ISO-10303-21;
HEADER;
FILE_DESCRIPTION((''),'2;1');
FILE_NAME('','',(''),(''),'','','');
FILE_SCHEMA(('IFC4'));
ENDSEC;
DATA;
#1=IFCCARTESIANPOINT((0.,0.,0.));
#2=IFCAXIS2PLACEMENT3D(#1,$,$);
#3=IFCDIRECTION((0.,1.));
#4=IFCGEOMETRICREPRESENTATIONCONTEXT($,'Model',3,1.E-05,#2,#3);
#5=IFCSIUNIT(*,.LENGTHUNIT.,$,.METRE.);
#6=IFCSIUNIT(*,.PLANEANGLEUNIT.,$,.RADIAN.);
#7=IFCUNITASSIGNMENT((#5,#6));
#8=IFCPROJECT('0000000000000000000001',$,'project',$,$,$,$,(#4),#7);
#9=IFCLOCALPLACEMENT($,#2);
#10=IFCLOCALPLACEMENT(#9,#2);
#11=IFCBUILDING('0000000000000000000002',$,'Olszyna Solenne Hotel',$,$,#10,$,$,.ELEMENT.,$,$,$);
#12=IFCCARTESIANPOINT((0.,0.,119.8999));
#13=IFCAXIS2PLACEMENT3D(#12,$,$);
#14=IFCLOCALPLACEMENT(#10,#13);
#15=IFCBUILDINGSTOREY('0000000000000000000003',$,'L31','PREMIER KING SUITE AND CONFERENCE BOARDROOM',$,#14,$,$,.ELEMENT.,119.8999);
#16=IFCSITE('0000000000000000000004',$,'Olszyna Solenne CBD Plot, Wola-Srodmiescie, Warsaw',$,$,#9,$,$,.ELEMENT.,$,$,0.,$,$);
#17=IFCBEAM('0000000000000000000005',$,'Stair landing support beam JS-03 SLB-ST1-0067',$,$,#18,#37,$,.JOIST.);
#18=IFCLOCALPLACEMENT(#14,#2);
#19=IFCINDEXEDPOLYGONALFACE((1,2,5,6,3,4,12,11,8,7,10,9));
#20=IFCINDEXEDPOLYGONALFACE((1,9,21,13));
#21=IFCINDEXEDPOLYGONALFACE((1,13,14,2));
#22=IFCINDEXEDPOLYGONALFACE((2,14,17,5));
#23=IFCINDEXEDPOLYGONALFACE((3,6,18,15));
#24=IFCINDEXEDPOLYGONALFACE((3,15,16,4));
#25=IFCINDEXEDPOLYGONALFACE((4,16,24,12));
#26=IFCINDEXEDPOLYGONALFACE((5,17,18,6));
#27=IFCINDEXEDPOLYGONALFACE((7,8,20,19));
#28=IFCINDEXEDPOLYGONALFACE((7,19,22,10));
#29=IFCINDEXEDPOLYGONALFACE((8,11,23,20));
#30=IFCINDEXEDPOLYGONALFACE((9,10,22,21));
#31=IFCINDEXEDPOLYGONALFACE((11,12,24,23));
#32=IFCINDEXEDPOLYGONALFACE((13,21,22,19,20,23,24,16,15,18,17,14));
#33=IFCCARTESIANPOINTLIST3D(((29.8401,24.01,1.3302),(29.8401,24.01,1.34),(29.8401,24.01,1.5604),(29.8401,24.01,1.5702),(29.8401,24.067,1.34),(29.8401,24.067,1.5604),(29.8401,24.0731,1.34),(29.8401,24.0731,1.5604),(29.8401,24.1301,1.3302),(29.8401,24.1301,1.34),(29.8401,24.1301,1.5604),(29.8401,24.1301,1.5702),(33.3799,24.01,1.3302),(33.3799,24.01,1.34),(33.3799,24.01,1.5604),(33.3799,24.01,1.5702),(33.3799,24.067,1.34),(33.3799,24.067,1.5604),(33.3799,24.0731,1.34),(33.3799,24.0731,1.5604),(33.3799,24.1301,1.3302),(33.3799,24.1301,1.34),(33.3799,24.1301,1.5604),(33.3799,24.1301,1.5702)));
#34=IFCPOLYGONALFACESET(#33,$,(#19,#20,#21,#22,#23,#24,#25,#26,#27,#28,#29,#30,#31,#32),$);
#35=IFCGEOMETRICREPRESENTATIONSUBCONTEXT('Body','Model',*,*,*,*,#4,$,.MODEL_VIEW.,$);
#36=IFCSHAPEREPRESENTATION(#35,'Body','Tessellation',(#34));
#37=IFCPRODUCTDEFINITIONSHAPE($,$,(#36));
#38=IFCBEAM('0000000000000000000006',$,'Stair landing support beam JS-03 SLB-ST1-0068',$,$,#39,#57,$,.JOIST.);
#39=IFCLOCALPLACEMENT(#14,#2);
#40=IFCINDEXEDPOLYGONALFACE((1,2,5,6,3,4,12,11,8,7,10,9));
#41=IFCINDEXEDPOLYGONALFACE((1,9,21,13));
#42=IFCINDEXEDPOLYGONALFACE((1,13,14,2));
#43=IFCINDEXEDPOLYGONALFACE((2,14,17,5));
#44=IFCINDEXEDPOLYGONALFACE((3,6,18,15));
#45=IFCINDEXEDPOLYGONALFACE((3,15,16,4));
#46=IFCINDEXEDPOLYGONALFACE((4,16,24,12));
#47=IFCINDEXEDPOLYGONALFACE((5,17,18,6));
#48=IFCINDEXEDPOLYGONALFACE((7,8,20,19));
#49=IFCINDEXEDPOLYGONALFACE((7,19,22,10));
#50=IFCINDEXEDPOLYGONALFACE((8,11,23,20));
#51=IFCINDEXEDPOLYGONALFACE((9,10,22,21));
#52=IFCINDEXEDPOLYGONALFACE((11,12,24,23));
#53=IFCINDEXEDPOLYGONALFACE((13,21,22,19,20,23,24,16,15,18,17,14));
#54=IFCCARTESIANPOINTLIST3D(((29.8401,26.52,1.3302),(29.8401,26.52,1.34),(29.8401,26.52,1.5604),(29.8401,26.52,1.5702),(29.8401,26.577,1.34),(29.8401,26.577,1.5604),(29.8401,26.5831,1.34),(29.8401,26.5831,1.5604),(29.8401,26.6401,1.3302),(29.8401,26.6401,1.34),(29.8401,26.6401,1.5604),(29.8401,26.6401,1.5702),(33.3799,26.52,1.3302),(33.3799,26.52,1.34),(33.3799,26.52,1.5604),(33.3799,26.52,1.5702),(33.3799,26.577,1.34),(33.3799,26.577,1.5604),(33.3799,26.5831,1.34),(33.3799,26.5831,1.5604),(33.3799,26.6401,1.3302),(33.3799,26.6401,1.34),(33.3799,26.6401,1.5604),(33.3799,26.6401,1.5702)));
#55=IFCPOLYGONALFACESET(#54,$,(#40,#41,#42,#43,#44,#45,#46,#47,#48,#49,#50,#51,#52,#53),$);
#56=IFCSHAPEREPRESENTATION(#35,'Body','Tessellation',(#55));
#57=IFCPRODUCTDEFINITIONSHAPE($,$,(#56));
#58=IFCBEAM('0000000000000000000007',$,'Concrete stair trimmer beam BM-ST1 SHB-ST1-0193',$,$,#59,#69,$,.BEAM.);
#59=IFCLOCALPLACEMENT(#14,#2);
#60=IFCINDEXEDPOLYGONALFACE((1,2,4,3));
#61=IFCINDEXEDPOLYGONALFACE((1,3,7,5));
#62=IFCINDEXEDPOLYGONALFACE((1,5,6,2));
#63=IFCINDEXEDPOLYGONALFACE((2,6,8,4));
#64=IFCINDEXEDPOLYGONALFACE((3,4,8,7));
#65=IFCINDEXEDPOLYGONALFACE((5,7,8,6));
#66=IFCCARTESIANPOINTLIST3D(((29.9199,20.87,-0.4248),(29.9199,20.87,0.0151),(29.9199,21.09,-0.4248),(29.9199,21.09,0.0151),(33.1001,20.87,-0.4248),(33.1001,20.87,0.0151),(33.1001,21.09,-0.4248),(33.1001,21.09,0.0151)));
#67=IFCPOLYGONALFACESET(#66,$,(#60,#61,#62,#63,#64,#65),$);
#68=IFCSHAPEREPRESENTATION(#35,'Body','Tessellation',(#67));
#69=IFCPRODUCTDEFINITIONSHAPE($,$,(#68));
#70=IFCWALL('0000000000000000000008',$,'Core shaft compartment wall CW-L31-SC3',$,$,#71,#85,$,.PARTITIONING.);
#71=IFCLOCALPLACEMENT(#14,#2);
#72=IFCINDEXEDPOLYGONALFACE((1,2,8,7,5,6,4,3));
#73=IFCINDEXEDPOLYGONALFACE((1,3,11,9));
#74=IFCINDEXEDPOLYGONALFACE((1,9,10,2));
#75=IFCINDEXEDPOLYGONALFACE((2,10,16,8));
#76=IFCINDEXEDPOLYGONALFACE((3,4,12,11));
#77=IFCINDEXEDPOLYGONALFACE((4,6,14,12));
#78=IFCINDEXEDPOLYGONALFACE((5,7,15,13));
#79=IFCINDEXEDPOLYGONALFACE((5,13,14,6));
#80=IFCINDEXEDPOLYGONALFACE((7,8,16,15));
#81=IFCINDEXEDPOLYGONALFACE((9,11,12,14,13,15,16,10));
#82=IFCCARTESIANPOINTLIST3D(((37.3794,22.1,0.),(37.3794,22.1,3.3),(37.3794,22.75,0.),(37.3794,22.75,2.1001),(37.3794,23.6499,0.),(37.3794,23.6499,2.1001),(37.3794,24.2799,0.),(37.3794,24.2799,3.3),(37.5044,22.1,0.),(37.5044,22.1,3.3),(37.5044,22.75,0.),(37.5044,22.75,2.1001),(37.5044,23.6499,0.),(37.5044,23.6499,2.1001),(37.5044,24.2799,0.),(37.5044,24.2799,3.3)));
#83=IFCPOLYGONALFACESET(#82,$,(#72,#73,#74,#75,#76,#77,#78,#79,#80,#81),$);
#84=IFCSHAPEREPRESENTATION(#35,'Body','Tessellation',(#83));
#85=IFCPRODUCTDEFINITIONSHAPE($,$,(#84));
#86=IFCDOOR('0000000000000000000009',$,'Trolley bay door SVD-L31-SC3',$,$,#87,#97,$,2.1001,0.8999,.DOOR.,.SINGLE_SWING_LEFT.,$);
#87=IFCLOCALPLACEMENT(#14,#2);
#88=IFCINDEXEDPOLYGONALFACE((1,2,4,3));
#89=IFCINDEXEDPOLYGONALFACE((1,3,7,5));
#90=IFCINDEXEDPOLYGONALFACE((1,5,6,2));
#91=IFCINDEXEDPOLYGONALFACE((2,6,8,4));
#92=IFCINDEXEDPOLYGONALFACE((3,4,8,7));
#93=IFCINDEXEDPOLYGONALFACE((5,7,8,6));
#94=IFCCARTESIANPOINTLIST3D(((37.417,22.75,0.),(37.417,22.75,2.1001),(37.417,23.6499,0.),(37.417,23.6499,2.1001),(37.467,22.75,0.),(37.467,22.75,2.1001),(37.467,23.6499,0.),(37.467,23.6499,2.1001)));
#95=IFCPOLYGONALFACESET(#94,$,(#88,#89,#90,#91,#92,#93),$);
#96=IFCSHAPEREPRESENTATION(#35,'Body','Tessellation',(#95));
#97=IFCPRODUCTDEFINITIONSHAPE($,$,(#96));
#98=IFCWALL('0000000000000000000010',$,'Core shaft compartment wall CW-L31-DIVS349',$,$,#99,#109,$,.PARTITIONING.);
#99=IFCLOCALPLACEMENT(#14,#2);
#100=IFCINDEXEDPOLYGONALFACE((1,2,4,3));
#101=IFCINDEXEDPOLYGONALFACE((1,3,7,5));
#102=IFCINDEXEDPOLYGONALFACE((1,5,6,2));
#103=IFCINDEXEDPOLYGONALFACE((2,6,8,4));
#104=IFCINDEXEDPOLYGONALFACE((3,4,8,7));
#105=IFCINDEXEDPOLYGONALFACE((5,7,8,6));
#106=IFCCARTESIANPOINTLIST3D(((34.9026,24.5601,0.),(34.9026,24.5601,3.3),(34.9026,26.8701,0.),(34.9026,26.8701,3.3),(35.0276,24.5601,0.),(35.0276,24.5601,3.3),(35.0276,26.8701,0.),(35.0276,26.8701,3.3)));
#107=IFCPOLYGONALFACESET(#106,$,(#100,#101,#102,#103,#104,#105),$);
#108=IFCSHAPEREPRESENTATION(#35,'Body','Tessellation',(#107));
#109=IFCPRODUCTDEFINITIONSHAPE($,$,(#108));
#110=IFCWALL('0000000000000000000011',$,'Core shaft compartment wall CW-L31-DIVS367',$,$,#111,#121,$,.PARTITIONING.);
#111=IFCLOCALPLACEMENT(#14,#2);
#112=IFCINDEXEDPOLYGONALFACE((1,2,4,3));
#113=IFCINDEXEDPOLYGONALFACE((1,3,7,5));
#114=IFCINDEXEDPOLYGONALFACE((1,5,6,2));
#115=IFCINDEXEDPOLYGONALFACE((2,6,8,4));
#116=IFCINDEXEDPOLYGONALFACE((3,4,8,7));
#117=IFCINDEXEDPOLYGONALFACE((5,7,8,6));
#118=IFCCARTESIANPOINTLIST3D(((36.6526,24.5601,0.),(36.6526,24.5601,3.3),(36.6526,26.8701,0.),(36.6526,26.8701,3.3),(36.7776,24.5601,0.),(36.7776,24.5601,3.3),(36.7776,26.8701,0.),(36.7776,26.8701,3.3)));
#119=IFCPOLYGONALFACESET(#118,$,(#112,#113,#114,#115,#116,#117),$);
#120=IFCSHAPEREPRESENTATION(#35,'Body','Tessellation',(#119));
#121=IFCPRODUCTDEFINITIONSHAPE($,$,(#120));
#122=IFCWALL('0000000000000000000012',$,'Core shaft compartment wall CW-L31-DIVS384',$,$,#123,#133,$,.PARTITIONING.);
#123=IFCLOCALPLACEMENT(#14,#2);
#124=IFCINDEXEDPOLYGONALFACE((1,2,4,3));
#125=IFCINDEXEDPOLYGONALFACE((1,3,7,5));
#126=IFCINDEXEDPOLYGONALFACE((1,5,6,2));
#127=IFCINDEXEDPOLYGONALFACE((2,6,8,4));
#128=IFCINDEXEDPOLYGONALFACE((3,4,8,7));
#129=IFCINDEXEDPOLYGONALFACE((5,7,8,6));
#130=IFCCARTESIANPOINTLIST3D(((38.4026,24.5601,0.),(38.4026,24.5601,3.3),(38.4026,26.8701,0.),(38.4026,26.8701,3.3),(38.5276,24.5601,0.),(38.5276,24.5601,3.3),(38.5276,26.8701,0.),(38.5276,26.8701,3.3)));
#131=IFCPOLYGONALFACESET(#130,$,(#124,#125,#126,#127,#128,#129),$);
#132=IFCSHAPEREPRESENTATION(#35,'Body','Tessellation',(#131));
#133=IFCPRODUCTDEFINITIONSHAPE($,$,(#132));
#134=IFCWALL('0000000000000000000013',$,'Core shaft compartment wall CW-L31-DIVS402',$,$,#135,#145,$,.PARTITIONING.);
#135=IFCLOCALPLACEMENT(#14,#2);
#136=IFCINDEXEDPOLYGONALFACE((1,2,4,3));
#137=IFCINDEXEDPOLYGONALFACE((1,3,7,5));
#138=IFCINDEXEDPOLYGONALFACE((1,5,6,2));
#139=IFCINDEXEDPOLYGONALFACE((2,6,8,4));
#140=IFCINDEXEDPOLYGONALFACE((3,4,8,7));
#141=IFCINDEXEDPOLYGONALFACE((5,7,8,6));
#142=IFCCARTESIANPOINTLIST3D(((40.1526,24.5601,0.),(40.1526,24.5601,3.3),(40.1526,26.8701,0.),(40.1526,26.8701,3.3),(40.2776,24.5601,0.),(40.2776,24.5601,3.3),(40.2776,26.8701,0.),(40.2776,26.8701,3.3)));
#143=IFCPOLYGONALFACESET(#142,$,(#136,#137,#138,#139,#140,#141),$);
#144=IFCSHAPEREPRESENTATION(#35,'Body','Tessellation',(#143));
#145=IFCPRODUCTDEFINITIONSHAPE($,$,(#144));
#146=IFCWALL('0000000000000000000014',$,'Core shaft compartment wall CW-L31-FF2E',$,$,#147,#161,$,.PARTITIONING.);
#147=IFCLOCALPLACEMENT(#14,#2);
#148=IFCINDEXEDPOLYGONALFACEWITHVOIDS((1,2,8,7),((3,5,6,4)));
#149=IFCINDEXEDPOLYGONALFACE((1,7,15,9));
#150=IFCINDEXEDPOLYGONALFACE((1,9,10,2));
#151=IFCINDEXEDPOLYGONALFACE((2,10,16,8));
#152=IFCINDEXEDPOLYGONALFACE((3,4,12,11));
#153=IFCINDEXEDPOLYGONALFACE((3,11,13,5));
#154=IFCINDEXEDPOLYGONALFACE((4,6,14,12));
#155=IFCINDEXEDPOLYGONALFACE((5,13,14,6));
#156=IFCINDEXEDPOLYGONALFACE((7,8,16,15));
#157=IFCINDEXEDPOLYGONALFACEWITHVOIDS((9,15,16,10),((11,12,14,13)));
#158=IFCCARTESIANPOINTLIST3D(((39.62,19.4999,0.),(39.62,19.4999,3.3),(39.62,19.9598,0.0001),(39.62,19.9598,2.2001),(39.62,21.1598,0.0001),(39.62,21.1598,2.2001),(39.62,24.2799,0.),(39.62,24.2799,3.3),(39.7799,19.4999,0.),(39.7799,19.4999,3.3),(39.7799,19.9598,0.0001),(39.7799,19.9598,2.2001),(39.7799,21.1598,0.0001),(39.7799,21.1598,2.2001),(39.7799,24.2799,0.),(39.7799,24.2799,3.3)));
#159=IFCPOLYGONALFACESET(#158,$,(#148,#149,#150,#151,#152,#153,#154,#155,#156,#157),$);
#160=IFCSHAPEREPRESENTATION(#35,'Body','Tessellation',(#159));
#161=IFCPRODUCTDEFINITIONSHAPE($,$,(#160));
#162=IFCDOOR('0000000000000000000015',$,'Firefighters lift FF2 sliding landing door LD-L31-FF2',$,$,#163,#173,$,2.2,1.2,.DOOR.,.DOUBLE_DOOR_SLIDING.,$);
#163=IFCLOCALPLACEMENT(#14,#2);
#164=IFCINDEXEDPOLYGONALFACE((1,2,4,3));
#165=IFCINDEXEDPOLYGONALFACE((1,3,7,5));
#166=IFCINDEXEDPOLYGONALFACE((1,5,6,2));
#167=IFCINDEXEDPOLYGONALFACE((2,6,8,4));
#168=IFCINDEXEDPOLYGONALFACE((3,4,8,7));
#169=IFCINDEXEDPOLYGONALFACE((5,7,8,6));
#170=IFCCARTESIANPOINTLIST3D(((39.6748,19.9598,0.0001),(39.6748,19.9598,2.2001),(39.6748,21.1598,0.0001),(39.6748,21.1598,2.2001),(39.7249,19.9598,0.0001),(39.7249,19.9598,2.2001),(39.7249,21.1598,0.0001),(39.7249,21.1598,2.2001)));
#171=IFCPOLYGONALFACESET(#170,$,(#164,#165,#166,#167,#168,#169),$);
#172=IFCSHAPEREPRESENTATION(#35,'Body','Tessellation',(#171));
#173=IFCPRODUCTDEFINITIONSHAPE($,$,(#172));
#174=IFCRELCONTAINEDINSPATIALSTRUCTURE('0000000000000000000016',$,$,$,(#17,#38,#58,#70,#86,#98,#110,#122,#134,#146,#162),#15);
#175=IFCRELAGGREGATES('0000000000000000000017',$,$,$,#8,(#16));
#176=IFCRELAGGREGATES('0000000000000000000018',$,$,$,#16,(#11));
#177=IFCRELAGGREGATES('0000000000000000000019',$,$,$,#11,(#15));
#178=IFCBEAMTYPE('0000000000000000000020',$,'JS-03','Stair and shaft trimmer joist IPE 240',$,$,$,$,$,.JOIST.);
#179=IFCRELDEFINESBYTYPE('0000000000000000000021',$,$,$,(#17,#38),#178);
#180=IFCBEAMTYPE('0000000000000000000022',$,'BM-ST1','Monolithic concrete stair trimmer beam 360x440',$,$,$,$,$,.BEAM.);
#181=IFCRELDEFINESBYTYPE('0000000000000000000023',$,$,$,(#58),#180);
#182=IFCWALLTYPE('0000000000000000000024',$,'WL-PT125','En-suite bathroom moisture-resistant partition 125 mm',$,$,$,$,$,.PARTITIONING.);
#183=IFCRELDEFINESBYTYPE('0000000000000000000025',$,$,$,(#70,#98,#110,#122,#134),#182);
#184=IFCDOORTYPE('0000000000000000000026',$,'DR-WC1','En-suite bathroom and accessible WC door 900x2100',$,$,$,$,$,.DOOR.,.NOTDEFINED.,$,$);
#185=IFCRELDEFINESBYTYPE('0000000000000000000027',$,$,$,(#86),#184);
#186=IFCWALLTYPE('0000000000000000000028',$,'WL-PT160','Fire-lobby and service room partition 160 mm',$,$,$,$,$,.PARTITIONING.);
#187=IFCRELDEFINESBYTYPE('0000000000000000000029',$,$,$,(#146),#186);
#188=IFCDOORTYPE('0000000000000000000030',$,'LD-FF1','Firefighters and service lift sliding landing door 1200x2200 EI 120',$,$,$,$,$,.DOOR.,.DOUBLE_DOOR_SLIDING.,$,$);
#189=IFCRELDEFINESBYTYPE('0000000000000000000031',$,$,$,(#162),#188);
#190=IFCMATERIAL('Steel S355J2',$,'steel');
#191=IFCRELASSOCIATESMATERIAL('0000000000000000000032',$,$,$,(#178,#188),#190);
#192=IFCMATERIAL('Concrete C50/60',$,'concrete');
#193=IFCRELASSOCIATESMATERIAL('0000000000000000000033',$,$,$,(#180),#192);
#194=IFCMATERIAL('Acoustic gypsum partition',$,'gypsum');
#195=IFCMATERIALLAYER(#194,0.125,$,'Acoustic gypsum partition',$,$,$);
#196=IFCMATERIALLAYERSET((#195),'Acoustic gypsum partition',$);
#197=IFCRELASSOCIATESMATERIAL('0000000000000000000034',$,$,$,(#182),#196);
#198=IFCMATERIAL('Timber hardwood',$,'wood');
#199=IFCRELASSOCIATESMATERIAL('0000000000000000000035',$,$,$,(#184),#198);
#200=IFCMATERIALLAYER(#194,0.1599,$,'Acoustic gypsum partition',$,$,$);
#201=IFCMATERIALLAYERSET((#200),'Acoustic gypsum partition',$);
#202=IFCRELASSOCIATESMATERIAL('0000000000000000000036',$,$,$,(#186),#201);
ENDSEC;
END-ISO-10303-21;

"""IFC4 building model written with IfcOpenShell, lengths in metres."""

from ifc_helpers import new_model, si_unit, direction, frame, frame_2d, origin, origin_2d, place, context, subcontext, project, spatial, rectangle, i_section, extrude, source, transform, mapped, material, layer, layer_set, material_profile, profile_set, type_object, type_shapes, element, fill, save


model = new_model("IFC4")

# Units and contexts
model_context = context("Model", 3, precision=1e-05, world=origin(), true_north=direction((0.0, 1.0)))
body_context = subcontext(model_context, "Body", "Model", "MODEL_VIEW")
ifc_project = project(units=[si_unit("LENGTHUNIT", "METRE"), si_unit("PLANEANGLEUNIT", "RADIAN")], contexts=[model_context])

# Site, building, storey
site_placement = place(None, origin())
site = spatial("IfcSite", under=ifc_project, at=site_placement, Name="Olszyna Solenne CBD Plot, Wola-Srodmiescie, Warsaw", CompositionType="ELEMENT", RefElevation=0.0)
building_placement = place(site_placement, origin())
building = spatial("IfcBuilding", under=site, at=building_placement, Name="Olszyna Solenne Hotel", CompositionType="ELEMENT")
storey_placement = place(building_placement, frame((0.0, 0.0, 119.8999)))
storey = spatial("IfcBuildingStorey", under=building, at=storey_placement, Name="L31", Description="PREMIER KING SUITE AND CONFERENCE BOARDROOM", CompositionType="ELEMENT", Elevation=119.8999)

# Beams
ifc_material_1 = material(Name="Steel S355J2", Category="steel")
ifc_material_profile_1 = material_profile(ifc_material_1, i_section(OverallWidth=0.1201, OverallDepth=0.24, WebThickness=0.0061, FlangeThickness=0.0098, at=origin_2d()), Name="IPE 240", Category="load-bearing")
ifc_profile_set_1 = profile_set([ifc_material_profile_1], Name="Steel S355J2")
beam_type_1 = type_object("IfcBeamType", Name="JS-03", Description="Stair and shaft trimmer joist IPE 240", PredefinedType="JOIST", material=ifc_profile_set_1)
shared_shape_1 = source(origin(), body_context, "Body", "SweptSolid", [
    extrude(i_section(OverallWidth=0.1201, OverallDepth=0.24, WebThickness=0.0061, FlangeThickness=0.0098, at=origin_2d()), origin(), (0.0, 0.0, 1.0), 3.5398),
])
for number, where, z_axis, x_axis, name in (
    (1, (33.3799, 24.0701, 1.4502), (-1.0, 0.0, 0.0), (0.0, -1.0, 0.0), "Stair landing support beam JS-03 SLB-ST1-0067"),
    (2, (33.3799, 26.5801, 1.4502), (-1.0, 0.0, 0.0), (0.0, -1.0, 0.0), "Stair landing support beam JS-03 SLB-ST1-0068"),
):
    element("IfcBeam", number, at=place(storey_placement, frame(where, z_axis=z_axis, x_axis=x_axis)), inside=storey, type_object=beam_type_1, Name=name, PredefinedType="JOIST", context=body_context, shape_type="MappedRepresentation", body=[
        mapped(shared_shape_1, transform((0.0, 0.0, 0.0), x_axis=(1.0, 0.0, 0.0), y_axis=(0.0, 1.0, 0.0), z_axis=(0.0, 0.0, 1.0), scale=1.0)),
    ])
ifc_material_2 = material(Name="Concrete C50/60", Category="concrete")
ifc_material_profile_2 = material_profile(ifc_material_2, rectangle(XDim=0.22, YDim=0.4399, at=origin_2d()), Name="RC 220x440", Category="load-bearing")
ifc_profile_set_2 = profile_set([ifc_material_profile_2], Name="Concrete C50/60")
beam_type_2 = type_object("IfcBeamType", Name="BM-ST1", Description="Monolithic concrete stair trimmer beam 360x440", PredefinedType="BEAM", material=ifc_profile_set_2)
shared_shape_2 = source(origin(), body_context, "Body", "SweptSolid", [
    extrude(rectangle(XDim=0.22, YDim=0.4399, at=origin_2d()), origin(), (0.0, 0.0, 1.0), 3.1802),
])
beam_placement = place(storey_placement, frame((33.1001, 20.98, -0.2048), z_axis=(-1.0, 0.0, 0.0), x_axis=(0.0, -1.0, 0.0)))
element("IfcBeam", 3, at=beam_placement, inside=storey, type_object=beam_type_2, Name="Concrete stair trimmer beam BM-ST1 SHB-ST1-0193", PredefinedType="BEAM", context=body_context, shape_type="MappedRepresentation", body=[
    mapped(shared_shape_2, transform((0.0, 0.0, 0.0), x_axis=(1.0, 0.0, 0.0), y_axis=(0.0, 1.0, 0.0), z_axis=(0.0, 0.0, 1.0), scale=1.0)),
])

# Wall, opening, door
ifc_material_3 = material(Name="Acoustic gypsum partition", Category="gypsum")
ifc_layer_1 = layer(ifc_material_3, 0.125, Name="Acoustic gypsum partition")
ifc_layer_set_1 = layer_set([ifc_layer_1], Name="Acoustic gypsum partition")
wall_type_1 = type_object("IfcWallType", Name="WL-PT125", Description="En-suite bathroom moisture-resistant partition 125 mm", PredefinedType="PARTITIONING", material=ifc_layer_set_1)
wall_1_placement = place(storey_placement, frame((37.4419, 22.1001, 0.0), z_axis=(0.0, 0.0, 1.0), x_axis=(0.0, 1.0, 0.0)))
wall_1 = element("IfcWall", 4, at=wall_1_placement, inside=storey, type_object=wall_type_1, Name="Core shaft compartment wall CW-L31-SC3", PredefinedType="PARTITIONING", context=body_context, shape_type="SweptSolid", body=[
    extrude(rectangle(XDim=2.1799, YDim=0.125, at=frame_2d((1.0898, 0.0))), origin(), (0.0, 0.0, 1.0), 3.3),
])
opening_1_placement = place(wall_1_placement, frame((0.6499, 0.0, 0.0)))
opening_1 = element("IfcOpeningElement", 5, at=opening_1_placement, cuts=wall_1, PredefinedType="OPENING", context=body_context, shape_type="SweptSolid", body=[
    extrude(rectangle(XDim=0.8999, YDim=2.1001, at=frame_2d((0.45, 1.05))), frame((0.0, 0.0725, 0.0), z_axis=(0.0, -1.0, 0.0), x_axis=(1.0, 0.0, 0.0)), (0.0, 0.0, 1.0), 0.145),
])
ifc_material_4 = material(Name="Timber hardwood", Category="wood")
door_type_1 = type_object("IfcDoorType", Name="DR-WC1", Description="En-suite bathroom and accessible WC door 900x2100", OperationType="NOTDEFINED", PredefinedType="DOOR", material=ifc_material_4)
shared_shape_3 = source(origin(), body_context, "Body", "SweptSolid", [
    extrude(rectangle(XDim=0.8999, YDim=2.1001, at=frame_2d((0.45, 1.05))), frame((0.0, 0.0249, 0.0), z_axis=(0.0, -1.0, 0.0), x_axis=(1.0, 0.0, 0.0)), (0.0, 0.0, 1.0), 0.05),
])
type_shapes(door_type_1, [shared_shape_3])
door_1_placement = place(opening_1_placement, origin())
door_1 = element("IfcDoor", 6, at=door_1_placement, inside=storey, type_object=door_type_1, Name="Trolley bay door SVD-L31-SC3", OperationType="SINGLE_SWING_LEFT", OverallHeight=2.1001, OverallWidth=0.8999, PredefinedType="DOOR", context=body_context, shape_type="MappedRepresentation", body=[
    mapped(shared_shape_3, transform((0.0, 0.0, 0.0), x_axis=(1.0, 0.0, 0.0), y_axis=(0.0, 1.0, 0.0), z_axis=(0.0, 0.0, 1.0), scale=1.0)),
])
fill(opening_1, door_1)

# Walls
for number, where, z_axis, x_axis, name in (
    (7, (34.9651, 24.5601, 0.0), (0.0, 0.0, 1.0), (0.0, 1.0, 0.0), "Core shaft compartment wall CW-L31-DIVS349"),
    (8, (36.7151, 24.5601, 0.0), (0.0, 0.0, 1.0), (0.0, 1.0, 0.0), "Core shaft compartment wall CW-L31-DIVS367"),
    (9, (38.4651, 24.5601, 0.0), (0.0, 0.0, 1.0), (0.0, 1.0, 0.0), "Core shaft compartment wall CW-L31-DIVS384"),
    (10, (40.2151, 24.5601, 0.0), (0.0, 0.0, 1.0), (0.0, 1.0, 0.0), "Core shaft compartment wall CW-L31-DIVS402"),
):
    element("IfcWall", number, at=place(storey_placement, frame(where, z_axis=z_axis, x_axis=x_axis)), inside=storey, type_object=wall_type_1, Name=name, PredefinedType="PARTITIONING", context=body_context, shape_type="SweptSolid", body=[
        extrude(rectangle(XDim=2.3101, YDim=0.125, at=frame_2d((1.155, 0.0))), origin(), (0.0, 0.0, 1.0), 3.3),
    ])

# Wall, opening, door
ifc_layer_2 = layer(ifc_material_3, 0.1599, Name="Acoustic gypsum partition")
ifc_layer_set_2 = layer_set([ifc_layer_2], Name="Acoustic gypsum partition")
wall_type_2 = type_object("IfcWallType", Name="WL-PT160", Description="Fire-lobby and service room partition 160 mm", PredefinedType="PARTITIONING", material=ifc_layer_set_2)
wall_2_placement = place(storey_placement, frame((39.7, 24.28, 0.0), z_axis=(0.0, 0.0, 1.0), x_axis=(0.0, -1.0, 0.0)))
wall_2 = element("IfcWall", 11, at=wall_2_placement, inside=storey, type_object=wall_type_2, Name="Core shaft compartment wall CW-L31-FF2E", PredefinedType="PARTITIONING", context=body_context, shape_type="SweptSolid", body=[
    extrude(rectangle(XDim=4.78, YDim=0.1599, at=frame_2d((2.3901, 0.0))), origin(), (0.0, 0.0, 1.0), 3.3),
])
opening_2_placement = place(wall_2_placement, frame((3.1201, 0.0, 0.0)))
opening_2 = element("IfcOpeningElement", 12, at=opening_2_placement, cuts=wall_2, PredefinedType="OPENING", context=body_context, shape_type="SweptSolid", body=[
    extrude(rectangle(XDim=1.2, YDim=2.2, at=frame_2d((0.6001, 1.1001))), frame((0.0, 0.0898, 0.0), z_axis=(0.0, -1.0, 0.0), x_axis=(1.0, 0.0, 0.0)), (0.0, 0.0, 1.0), 0.1799),
])
door_type_2 = type_object("IfcDoorType", Name="LD-FF1", Description="Firefighters and service lift sliding landing door 1200x2200 EI 120", OperationType="DOUBLE_DOOR_SLIDING", PredefinedType="DOOR", material=ifc_material_1)
shared_shape_4 = source(origin(), body_context, "Body", "SweptSolid", [
    extrude(rectangle(XDim=1.2, YDim=2.2, at=frame_2d((0.6001, 1.1001))), frame((0.0, 0.0249, 0.0), z_axis=(0.0, -1.0, 0.0), x_axis=(1.0, 0.0, 0.0)), (0.0, 0.0, 1.0), 0.05),
])
type_shapes(door_type_2, [shared_shape_4])
door_2_placement = place(opening_2_placement, origin())
door_2 = element("IfcDoor", 13, at=door_2_placement, inside=storey, type_object=door_type_2, Name="Firefighters lift FF2 sliding landing door LD-L31-FF2", OperationType="DOUBLE_DOOR_SLIDING", OverallHeight=2.2, OverallWidth=1.2, PredefinedType="DOOR", context=body_context, shape_type="MappedRepresentation", body=[
    mapped(shared_shape_4, transform((0.0, 0.0, 0.0), x_axis=(1.0, 0.0, 0.0), y_axis=(0.0, 1.0, 0.0), z_axis=(0.0, 0.0, 1.0), scale=1.0)),
])
fill(opening_2, door_2)

save(model, "model.ifc")
